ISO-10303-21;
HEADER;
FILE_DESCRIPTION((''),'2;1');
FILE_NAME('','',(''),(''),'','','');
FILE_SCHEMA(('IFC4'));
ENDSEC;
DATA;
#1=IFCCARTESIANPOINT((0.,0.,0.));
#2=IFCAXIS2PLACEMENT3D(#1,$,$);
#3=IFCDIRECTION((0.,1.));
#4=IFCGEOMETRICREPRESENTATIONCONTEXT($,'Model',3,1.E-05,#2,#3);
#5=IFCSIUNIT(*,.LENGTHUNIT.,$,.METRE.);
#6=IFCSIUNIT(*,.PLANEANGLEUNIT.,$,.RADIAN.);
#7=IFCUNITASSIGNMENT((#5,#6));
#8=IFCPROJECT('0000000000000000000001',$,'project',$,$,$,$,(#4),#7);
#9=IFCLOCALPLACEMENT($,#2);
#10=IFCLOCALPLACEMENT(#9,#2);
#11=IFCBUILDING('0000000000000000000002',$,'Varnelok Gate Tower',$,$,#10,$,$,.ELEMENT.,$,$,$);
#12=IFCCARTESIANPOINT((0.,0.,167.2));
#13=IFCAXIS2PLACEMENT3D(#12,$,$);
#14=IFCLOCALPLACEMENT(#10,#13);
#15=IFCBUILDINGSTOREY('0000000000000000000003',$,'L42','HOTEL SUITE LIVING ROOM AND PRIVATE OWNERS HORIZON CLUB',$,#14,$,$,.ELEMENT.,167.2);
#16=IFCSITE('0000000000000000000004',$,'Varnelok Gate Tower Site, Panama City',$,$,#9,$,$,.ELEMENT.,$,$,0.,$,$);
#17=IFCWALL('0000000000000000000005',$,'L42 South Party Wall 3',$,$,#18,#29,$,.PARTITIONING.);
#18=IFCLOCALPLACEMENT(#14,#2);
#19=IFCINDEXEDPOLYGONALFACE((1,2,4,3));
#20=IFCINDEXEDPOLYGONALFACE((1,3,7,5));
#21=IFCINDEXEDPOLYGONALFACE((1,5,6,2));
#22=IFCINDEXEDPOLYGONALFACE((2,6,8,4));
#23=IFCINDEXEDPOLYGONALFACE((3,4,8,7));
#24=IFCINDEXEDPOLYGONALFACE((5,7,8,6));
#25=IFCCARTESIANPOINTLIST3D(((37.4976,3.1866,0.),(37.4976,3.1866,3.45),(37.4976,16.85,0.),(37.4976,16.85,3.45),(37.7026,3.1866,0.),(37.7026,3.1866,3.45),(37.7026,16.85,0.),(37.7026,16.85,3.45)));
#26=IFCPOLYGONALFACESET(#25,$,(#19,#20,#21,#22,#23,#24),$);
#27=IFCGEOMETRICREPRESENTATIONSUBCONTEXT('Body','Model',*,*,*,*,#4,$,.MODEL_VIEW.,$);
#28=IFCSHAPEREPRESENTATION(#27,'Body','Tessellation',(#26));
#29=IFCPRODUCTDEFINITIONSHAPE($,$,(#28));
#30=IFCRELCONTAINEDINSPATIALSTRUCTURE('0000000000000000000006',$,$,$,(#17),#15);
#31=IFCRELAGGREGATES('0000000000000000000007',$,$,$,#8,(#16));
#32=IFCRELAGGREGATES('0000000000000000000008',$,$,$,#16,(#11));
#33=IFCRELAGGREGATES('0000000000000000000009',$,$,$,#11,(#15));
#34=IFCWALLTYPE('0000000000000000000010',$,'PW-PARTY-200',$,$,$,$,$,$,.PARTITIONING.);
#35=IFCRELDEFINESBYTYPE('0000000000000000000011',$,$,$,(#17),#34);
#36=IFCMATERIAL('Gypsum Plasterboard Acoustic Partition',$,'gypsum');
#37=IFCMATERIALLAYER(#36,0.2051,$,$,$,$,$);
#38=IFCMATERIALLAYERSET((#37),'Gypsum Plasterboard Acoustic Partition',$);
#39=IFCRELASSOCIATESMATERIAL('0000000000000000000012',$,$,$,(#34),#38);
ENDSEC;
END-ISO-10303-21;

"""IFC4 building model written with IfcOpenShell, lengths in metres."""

from ifc_helpers import new_model, si_unit, direction, frame, frame_2d, origin, place, context, subcontext, project, spatial, rectangle, extrude, material, layer, layer_set, type_object, element, save


model = new_model("IFC4")

# Units and contexts
model_context = context("Model", 3, precision=1e-05, world=origin(), true_north=direction((0.0, 1.0)))
body_context = subcontext(model_context, "Body", "Model", "MODEL_VIEW")
ifc_project = project(units=[si_unit("LENGTHUNIT", "METRE"), si_unit("PLANEANGLEUNIT", "RADIAN")], contexts=[model_context])

# Site, building, storey
site_placement = place(None, origin())
site = spatial("IfcSite", under=ifc_project, at=site_placement, Name="Varnelok Gate Tower Site, Panama City", CompositionType="ELEMENT", RefElevation=0.0)
building_placement = place(site_placement, origin())
building = spatial("IfcBuilding", under=site, at=building_placement, Name="Varnelok Gate Tower", CompositionType="ELEMENT")
storey_placement = place(building_placement, frame((0.0, 0.0, 167.2)))
storey = spatial("IfcBuildingStorey", under=building, at=storey_placement, Name="L42", Description="HOTEL SUITE LIVING ROOM AND PRIVATE OWNERS HORIZON CLUB", CompositionType="ELEMENT", Elevation=167.2)

# Shared definitions
ifc_material_1 = material(Name="Gypsum Plasterboard Acoustic Partition", Category="gypsum")

# Wall
ifc_layer_1 = layer(ifc_material_1, 0.2051)
ifc_layer_set_1 = layer_set([ifc_layer_1], Name="Gypsum Plasterboard Acoustic Partition")
wall_type_1 = type_object("IfcWallType", Name="PW-PARTY-200", PredefinedType="PARTITIONING", material=ifc_layer_set_1)
wall_1_placement = place(storey_placement, frame((37.6001, 3.1868, 0.0), z_axis=(0.0, 0.0, 1.0), x_axis=(0.0, 1.0, 0.0)))
element("IfcWall", 1, at=wall_1_placement, inside=storey, type_object=wall_type_1, Name="L42 South Party Wall 3", PredefinedType="PARTITIONING", context=body_context, shape_type="SweptSolid", body=[
    extrude(rectangle(XDim=13.6633, YDim=0.2051, at=frame_2d((6.8315, 0.0))), origin(), (0.0, 0.0, 1.0), 3.45),
])

save(model, "model.ifc")
